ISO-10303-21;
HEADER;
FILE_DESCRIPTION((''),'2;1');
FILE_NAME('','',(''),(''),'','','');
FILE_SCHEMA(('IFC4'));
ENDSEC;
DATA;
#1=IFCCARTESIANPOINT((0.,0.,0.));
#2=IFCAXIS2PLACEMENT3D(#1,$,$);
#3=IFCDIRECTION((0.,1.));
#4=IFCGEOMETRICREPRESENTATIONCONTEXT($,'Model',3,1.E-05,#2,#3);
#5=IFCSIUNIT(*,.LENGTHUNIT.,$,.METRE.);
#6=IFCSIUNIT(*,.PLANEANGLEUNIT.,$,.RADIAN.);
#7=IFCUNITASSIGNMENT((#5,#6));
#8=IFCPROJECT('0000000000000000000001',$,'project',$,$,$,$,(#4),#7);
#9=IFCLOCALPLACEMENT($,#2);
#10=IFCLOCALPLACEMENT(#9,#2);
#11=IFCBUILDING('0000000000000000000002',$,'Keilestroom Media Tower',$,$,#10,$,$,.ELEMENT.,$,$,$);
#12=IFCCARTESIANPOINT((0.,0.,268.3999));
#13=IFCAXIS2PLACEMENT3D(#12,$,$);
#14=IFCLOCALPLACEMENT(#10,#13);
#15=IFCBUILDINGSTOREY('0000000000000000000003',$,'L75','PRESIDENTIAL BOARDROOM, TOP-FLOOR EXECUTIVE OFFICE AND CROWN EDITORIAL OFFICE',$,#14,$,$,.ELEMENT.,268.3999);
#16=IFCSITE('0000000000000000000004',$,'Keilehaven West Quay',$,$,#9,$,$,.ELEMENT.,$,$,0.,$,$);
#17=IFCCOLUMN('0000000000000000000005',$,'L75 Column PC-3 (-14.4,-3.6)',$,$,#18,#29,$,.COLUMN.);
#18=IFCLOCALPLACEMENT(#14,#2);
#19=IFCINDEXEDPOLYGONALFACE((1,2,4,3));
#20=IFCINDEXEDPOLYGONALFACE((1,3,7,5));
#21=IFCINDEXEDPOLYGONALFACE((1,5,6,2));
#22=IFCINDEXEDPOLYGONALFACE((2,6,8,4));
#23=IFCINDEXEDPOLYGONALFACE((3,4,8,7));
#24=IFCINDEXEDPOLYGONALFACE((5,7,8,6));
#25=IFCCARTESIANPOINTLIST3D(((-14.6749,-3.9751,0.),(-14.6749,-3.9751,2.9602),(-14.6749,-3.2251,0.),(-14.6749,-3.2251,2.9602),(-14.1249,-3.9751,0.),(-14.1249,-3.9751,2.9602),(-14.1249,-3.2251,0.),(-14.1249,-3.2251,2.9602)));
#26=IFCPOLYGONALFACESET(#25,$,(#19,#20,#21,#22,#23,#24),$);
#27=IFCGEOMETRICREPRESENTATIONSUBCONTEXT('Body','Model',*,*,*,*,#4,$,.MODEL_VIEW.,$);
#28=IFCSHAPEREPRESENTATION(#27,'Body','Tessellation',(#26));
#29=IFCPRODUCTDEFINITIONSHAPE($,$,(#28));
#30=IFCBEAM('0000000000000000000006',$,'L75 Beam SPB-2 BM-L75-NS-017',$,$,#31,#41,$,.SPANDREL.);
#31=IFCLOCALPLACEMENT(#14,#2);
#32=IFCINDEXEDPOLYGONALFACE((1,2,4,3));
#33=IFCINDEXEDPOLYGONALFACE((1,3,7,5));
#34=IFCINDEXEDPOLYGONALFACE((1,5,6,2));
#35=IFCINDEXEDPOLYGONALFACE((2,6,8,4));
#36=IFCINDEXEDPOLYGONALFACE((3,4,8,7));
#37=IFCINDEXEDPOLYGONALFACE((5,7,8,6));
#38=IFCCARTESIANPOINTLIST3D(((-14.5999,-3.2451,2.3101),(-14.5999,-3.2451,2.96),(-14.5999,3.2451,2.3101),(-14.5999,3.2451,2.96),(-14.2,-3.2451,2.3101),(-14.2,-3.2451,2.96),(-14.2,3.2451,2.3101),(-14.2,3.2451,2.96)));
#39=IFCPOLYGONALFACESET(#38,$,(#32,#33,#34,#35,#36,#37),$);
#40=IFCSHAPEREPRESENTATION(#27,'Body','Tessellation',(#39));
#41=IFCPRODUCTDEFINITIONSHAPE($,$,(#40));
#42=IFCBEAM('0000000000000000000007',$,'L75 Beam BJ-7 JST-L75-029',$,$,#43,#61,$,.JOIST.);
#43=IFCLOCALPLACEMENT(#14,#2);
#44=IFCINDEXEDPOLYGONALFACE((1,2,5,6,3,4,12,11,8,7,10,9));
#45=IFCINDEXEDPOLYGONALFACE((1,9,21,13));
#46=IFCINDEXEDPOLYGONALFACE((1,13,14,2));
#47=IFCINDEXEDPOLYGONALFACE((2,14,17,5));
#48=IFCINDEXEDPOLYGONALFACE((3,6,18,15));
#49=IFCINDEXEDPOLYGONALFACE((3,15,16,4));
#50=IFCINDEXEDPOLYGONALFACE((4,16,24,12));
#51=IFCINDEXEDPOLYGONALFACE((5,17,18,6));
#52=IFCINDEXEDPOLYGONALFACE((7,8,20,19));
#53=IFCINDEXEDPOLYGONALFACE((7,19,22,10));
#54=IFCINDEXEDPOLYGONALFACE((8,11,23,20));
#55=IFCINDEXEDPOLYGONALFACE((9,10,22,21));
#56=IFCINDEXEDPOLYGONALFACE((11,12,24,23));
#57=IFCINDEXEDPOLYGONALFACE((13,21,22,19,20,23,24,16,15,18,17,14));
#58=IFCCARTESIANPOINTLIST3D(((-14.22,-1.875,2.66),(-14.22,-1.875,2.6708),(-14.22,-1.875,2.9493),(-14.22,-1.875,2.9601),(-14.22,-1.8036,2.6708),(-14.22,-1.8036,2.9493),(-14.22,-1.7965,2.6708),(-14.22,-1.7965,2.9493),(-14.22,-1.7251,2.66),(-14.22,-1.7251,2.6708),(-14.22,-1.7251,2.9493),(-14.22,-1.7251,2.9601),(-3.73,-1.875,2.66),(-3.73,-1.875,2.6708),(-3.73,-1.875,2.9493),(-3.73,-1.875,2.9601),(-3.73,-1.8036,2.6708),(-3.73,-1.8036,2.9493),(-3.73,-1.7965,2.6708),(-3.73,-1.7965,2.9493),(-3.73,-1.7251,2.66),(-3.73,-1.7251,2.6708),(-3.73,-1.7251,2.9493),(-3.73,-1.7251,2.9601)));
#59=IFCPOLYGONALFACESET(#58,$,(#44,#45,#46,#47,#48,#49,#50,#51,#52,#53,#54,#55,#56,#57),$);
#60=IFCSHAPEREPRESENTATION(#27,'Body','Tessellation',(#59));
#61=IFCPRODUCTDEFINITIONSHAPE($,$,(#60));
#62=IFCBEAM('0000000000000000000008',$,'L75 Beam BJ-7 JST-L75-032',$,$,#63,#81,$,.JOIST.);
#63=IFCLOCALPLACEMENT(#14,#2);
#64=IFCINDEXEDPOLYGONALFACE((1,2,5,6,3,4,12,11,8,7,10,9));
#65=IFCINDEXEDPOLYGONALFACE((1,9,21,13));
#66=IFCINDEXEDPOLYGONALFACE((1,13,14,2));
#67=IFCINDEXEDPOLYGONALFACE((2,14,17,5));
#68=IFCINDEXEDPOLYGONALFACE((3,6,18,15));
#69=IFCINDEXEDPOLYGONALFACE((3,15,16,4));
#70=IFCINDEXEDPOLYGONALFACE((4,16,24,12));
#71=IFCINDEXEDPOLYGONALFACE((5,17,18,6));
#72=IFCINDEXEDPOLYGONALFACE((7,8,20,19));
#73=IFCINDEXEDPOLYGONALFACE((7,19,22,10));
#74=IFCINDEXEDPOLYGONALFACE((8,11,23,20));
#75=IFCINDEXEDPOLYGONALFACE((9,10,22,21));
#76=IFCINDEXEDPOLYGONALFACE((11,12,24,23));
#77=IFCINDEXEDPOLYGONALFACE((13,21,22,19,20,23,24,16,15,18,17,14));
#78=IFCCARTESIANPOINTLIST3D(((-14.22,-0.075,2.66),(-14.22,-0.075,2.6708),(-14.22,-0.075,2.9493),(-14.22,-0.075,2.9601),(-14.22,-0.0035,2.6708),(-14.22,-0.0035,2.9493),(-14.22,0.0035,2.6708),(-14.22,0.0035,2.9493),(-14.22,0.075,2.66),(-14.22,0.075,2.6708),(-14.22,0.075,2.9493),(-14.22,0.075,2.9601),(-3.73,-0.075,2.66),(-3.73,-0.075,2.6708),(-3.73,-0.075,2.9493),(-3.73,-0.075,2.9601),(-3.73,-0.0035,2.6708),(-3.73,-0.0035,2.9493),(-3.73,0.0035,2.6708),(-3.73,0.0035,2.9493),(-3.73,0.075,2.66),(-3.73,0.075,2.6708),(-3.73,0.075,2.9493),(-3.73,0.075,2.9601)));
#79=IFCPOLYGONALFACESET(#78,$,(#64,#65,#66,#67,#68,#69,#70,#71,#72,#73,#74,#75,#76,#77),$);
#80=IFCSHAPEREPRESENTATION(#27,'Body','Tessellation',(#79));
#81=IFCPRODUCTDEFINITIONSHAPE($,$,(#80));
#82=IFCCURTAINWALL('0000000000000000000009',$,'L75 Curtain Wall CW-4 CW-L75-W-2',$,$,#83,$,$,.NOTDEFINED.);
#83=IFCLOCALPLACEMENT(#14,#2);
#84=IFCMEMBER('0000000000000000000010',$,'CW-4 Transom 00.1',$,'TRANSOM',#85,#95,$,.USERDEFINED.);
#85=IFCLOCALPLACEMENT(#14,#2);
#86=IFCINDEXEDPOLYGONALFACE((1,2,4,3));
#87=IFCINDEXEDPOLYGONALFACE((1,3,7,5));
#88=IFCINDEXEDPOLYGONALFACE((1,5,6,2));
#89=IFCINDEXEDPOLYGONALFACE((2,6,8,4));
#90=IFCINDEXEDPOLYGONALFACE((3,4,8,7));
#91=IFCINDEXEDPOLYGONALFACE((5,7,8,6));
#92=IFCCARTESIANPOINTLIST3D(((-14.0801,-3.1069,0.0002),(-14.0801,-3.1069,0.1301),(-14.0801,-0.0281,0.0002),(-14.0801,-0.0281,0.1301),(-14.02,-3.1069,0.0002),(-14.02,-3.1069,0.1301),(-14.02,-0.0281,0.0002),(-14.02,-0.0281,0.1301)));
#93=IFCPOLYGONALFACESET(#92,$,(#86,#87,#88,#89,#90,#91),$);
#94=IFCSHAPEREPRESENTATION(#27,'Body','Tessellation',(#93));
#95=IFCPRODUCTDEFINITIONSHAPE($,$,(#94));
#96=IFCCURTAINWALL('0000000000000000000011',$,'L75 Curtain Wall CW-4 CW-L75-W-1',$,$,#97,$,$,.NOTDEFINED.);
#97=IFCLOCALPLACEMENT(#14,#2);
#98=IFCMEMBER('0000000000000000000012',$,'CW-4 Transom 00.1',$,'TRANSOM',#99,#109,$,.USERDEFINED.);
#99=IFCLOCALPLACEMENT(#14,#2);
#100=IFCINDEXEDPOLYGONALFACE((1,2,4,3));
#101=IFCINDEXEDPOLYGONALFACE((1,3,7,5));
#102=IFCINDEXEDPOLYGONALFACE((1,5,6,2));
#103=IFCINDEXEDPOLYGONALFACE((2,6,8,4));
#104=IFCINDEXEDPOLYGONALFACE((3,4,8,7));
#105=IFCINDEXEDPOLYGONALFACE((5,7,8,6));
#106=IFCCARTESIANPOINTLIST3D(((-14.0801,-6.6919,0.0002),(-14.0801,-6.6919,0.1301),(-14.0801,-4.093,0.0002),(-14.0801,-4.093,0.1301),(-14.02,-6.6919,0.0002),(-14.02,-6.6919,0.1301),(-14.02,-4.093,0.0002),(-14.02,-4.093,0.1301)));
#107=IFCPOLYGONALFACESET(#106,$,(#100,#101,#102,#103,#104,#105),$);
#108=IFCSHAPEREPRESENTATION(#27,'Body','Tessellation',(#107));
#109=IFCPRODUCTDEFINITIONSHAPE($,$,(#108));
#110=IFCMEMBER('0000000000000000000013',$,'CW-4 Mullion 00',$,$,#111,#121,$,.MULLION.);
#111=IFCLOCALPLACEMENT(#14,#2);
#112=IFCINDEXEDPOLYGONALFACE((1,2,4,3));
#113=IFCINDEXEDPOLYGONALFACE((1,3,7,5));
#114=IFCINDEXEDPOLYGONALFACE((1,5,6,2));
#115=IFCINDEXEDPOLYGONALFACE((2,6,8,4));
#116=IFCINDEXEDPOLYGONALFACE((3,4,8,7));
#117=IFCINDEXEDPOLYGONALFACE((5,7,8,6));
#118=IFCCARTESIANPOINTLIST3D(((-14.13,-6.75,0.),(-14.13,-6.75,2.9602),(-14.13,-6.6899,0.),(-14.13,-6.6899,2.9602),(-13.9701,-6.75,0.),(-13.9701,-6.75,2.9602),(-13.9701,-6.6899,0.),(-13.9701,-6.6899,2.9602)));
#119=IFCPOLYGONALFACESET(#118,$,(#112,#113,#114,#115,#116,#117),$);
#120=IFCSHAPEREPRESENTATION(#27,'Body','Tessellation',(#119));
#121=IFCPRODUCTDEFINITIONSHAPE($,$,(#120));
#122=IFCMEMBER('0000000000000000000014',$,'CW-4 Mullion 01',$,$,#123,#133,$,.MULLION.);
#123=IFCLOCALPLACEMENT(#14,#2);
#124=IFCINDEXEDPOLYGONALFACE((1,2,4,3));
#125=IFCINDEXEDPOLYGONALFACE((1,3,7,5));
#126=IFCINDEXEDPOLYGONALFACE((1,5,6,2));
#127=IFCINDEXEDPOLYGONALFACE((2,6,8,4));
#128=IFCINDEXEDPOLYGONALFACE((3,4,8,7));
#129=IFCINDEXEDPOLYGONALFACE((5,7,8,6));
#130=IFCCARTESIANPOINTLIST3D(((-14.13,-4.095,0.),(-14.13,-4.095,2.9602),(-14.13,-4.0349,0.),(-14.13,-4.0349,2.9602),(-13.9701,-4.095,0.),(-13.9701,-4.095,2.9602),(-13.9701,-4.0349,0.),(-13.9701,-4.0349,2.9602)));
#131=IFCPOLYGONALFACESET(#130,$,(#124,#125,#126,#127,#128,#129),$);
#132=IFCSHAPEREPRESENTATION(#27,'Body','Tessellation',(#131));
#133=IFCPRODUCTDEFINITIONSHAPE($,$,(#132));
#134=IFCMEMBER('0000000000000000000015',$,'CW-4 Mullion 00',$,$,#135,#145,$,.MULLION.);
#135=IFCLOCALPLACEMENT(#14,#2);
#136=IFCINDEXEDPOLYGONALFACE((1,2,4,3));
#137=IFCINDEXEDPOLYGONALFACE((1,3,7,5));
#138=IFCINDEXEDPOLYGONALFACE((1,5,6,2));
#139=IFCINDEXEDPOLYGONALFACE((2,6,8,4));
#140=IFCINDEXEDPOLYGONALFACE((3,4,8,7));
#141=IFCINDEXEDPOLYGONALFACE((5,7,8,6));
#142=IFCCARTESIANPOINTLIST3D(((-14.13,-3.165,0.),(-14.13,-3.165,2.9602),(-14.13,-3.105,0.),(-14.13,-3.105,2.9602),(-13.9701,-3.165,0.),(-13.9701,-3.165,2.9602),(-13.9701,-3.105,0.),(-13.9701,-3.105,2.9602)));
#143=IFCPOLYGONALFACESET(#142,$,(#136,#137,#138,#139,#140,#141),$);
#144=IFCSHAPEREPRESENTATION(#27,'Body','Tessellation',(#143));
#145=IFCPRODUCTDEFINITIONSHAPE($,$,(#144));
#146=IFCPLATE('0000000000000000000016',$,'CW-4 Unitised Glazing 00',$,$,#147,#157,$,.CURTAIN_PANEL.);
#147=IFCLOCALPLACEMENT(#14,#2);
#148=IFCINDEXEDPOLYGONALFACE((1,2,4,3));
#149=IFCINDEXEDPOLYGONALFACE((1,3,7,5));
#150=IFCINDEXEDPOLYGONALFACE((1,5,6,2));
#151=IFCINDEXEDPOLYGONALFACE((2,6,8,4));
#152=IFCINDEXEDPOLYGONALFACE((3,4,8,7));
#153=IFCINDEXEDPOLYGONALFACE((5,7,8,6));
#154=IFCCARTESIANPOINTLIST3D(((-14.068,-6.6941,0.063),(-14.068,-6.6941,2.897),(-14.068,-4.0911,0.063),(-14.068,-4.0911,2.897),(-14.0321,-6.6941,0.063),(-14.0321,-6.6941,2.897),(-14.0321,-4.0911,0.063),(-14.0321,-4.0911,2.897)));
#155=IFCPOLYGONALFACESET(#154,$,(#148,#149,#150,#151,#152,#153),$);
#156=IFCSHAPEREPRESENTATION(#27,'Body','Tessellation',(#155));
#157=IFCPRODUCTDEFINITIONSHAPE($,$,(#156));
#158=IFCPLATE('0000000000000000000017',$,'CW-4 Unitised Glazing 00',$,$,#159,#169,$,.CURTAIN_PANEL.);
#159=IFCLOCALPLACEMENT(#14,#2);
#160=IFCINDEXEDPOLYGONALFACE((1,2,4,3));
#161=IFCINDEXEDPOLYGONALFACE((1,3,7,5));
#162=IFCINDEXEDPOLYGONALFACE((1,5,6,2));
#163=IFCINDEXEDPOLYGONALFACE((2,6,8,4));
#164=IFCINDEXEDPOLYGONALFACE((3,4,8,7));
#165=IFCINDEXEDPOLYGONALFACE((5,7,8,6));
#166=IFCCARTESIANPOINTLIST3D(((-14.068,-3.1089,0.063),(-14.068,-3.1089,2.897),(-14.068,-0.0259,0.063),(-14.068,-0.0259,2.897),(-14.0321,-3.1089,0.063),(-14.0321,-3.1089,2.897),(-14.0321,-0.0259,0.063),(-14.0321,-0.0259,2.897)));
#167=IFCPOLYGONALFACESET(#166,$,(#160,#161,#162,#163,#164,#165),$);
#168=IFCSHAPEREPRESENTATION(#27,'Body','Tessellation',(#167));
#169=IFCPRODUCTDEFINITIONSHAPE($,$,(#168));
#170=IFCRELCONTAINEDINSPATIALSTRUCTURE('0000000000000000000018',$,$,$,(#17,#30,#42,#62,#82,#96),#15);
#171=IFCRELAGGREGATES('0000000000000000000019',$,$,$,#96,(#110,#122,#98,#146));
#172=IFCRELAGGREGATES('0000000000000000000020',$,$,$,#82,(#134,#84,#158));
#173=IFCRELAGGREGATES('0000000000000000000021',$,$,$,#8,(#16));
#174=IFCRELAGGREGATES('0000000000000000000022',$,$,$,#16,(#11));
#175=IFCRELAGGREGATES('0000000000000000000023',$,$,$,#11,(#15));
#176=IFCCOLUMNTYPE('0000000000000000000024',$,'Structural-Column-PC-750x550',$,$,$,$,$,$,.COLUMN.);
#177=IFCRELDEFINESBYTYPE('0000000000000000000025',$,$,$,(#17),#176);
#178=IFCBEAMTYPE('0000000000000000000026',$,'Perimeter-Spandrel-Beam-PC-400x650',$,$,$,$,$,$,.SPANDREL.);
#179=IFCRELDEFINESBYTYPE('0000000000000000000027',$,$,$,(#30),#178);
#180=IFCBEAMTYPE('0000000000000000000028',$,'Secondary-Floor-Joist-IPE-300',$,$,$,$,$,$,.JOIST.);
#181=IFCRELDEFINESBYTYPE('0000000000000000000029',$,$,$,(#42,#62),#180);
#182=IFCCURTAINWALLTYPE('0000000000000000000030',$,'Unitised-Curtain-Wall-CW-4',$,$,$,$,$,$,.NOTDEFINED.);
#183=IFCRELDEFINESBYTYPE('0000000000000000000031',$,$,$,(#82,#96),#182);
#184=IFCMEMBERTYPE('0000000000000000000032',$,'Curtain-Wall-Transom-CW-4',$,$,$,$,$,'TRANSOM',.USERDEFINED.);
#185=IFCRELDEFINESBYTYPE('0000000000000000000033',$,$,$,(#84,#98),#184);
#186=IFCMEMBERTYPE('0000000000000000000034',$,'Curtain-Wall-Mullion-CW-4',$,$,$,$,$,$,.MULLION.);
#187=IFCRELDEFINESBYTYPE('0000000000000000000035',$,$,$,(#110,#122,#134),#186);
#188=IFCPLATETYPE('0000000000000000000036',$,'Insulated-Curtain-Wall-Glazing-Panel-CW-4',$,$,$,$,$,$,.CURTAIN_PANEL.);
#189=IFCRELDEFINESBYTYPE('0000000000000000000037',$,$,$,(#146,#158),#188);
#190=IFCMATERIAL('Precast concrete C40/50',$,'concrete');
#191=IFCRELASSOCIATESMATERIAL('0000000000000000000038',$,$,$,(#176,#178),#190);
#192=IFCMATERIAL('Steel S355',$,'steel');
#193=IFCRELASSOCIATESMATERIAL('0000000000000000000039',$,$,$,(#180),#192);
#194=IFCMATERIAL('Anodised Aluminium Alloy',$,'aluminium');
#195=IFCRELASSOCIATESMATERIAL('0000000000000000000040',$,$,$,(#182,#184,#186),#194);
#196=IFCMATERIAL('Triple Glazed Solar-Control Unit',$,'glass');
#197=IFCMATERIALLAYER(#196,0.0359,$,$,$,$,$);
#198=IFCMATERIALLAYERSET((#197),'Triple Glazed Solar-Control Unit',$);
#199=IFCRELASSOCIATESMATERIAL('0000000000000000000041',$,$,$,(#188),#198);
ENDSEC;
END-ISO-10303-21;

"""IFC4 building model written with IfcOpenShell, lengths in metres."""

from ifc_helpers import new_model, si_unit, direction, frame, origin, origin_2d, place, context, subcontext, project, spatial, rectangle, i_section, extrude, source, transform, mapped, material, layer, layer_set, material_profile, profile_set, type_object, element, aggregate, save


model = new_model("IFC4")

# Units and contexts
model_context = context("Model", 3, precision=1e-05, world=origin(), true_north=direction((0.0, 1.0)))
body_context = subcontext(model_context, "Body", "Model", "MODEL_VIEW")
ifc_project = project(units=[si_unit("LENGTHUNIT", "METRE"), si_unit("PLANEANGLEUNIT", "RADIAN")], contexts=[model_context])

# Site, building, storey
site_placement = place(None, origin())
site = spatial("IfcSite", under=ifc_project, at=site_placement, Name="Keilehaven West Quay", CompositionType="ELEMENT", RefElevation=0.0)
building_placement = place(site_placement, origin())
building = spatial("IfcBuilding", under=site, at=building_placement, Name="Keilestroom Media Tower", CompositionType="ELEMENT")
storey_placement = place(building_placement, frame((0.0, 0.0, 268.3999)))
storey = spatial("IfcBuildingStorey", under=building, at=storey_placement, Name="L75", Description="PRESIDENTIAL BOARDROOM, TOP-FLOOR EXECUTIVE OFFICE AND CROWN EDITORIAL OFFICE", CompositionType="ELEMENT", Elevation=268.3999)

# Column
ifc_material_1 = material(Name="Precast concrete C40/50", Category="concrete")
ifc_material_profile_1 = material_profile(ifc_material_1, rectangle(XDim=0.55, YDim=0.75, at=origin_2d()), Name="PC 750x550")
ifc_profile_set_1 = profile_set([ifc_material_profile_1], Name="Precast concrete C40/50")
column_type = type_object("IfcColumnType", Name="Structural-Column-PC-750x550", PredefinedType="COLUMN", material=ifc_profile_set_1)
shared_shape_1 = source(origin(), body_context, "Body", "SweptSolid", [
    extrude(rectangle(XDim=0.55, YDim=0.75, at=origin_2d()), origin(), (0.0, 0.0, 1.0), 2.9602),
])
column_placement = place(storey_placement, frame((-14.3999, -3.6001, 0.0), z_axis=(0.0, 0.0, 1.0), x_axis=(1.0, 0.0, 0.0)))
element("IfcColumn", 1, at=column_placement, inside=storey, type_object=column_type, Name="L75 Column PC-3 (-14.4,-3.6)", PredefinedType="COLUMN", context=body_context, shape_type="MappedRepresentation", body=[
    mapped(shared_shape_1, transform((0.0, 0.0, 0.0), x_axis=(1.0, 0.0, 0.0), y_axis=(0.0, 1.0, 0.0), z_axis=(0.0, 0.0, 1.0), scale=1.0)),
])

# Beams
ifc_material_profile_2 = material_profile(ifc_material_1, rectangle(XDim=0.3999, YDim=0.6499, at=origin_2d()), Name="PC 400x650")
ifc_profile_set_2 = profile_set([ifc_material_profile_2], Name="Precast concrete C40/50")
beam_type_1 = type_object("IfcBeamType", Name="Perimeter-Spandrel-Beam-PC-400x650", PredefinedType="SPANDREL", material=ifc_profile_set_2)
shared_shape_2 = source(origin(), body_context, "Body", "SweptSolid", [
    extrude(rectangle(XDim=0.3999, YDim=0.6499, at=origin_2d()), origin(), (0.0, 0.0, 1.0), 6.4902),
])
beam_placement = place(storey_placement, frame((-14.3999, -3.2451, 2.635), z_axis=(0.0, 1.0, 0.0), x_axis=(-1.0, 0.0, 0.0)))
element("IfcBeam", 2, at=beam_placement, inside=storey, type_object=beam_type_1, Name="L75 Beam SPB-2 BM-L75-NS-017", PredefinedType="SPANDREL", context=body_context, shape_type="MappedRepresentation", body=[
    mapped(shared_shape_2, transform((0.0, 0.0, 0.0), x_axis=(1.0, 0.0, 0.0), y_axis=(0.0, 1.0, 0.0), z_axis=(0.0, 0.0, 1.0), scale=1.0)),
])
ifc_material_2 = material(Name="Steel S355", Category="steel")
ifc_material_profile_3 = material_profile(ifc_material_2, i_section(OverallWidth=0.1499, OverallDepth=0.3, WebThickness=0.0071, FlangeThickness=0.0107, at=origin_2d()), Name="IPE 300")
ifc_profile_set_3 = profile_set([ifc_material_profile_3], Name="Steel S355")
beam_type_2 = type_object("IfcBeamType", Name="Secondary-Floor-Joist-IPE-300", PredefinedType="JOIST", material=ifc_profile_set_3)
shared_shape_3 = source(origin(), body_context, "Body", "SweptSolid", [
    extrude(i_section(OverallWidth=0.1499, OverallDepth=0.3, WebThickness=0.0071, FlangeThickness=0.0107, at=origin_2d()), origin(), (0.0, 0.0, 1.0), 10.49),
])
for number, where, z_axis, x_axis, name in (
    (3, (-14.22, -1.8, 2.8101), (1.0, 0.0, 0.0), (0.0, 1.0, 0.0), "L75 Beam BJ-7 JST-L75-029"),
    (4, (-14.22, 0.0, 2.8101), (1.0, 0.0, 0.0), (0.0, 1.0, 0.0), "L75 Beam BJ-7 JST-L75-032"),
):
    element("IfcBeam", number, at=place(storey_placement, frame(where, z_axis=z_axis, x_axis=x_axis)), inside=storey, type_object=beam_type_2, Name=name, PredefinedType="JOIST", context=body_context, shape_type="MappedRepresentation", body=[
        mapped(shared_shape_3, transform((0.0, 0.0, 0.0), x_axis=(1.0, 0.0, 0.0), y_axis=(0.0, 1.0, 0.0), z_axis=(0.0, 0.0, 1.0), scale=1.0)),
    ])

# Curtain wall, member
ifc_material_3 = material(Name="Anodised Aluminium Alloy", Category="aluminium")
curtain_wall_type = type_object("IfcCurtainWallType", Name="Unitised-Curtain-Wall-CW-4", PredefinedType="NOTDEFINED", material=ifc_material_3)
curtain_wall_1_placement = place(storey_placement, origin())
curtain_wall_1 = element("IfcCurtainWall", 5, at=curtain_wall_1_placement, inside=storey, type_object=curtain_wall_type, Name="L75 Curtain Wall CW-4 CW-L75-W-2", PredefinedType="NOTDEFINED")
ifc_material_profile_4 = material_profile(ifc_material_3, rectangle(XDim=0.0601, YDim=0.1299, at=origin_2d()), Name="ALU TRANSOM 60x130")
ifc_profile_set_4 = profile_set([ifc_material_profile_4], Name="Anodised Aluminium Alloy")
member_type_1 = type_object("IfcMemberType", Name="Curtain-Wall-Transom-CW-4", ElementType="TRANSOM", PredefinedType="USERDEFINED", material=ifc_profile_set_4)
shared_shape_4 = source(origin(), body_context, "Body", "SweptSolid", [
    extrude(rectangle(XDim=0.0601, YDim=0.1299, at=origin_2d()), origin(), (0.0, 0.0, 1.0), 3.0789),
])
member_1_placement = place(storey_placement, frame((-14.05, -3.1069, 0.0652), z_axis=(0.0, 1.0, 0.0), x_axis=(-1.0, 0.0, 0.0)))
member_1 = element("IfcMember", 6, at=member_1_placement, type_object=member_type_1, Name="CW-4 Transom 00.1", ObjectType="TRANSOM", PredefinedType="USERDEFINED", context=body_context, shape_type="MappedRepresentation", body=[
    mapped(shared_shape_4, transform((0.0, 0.0, 0.0), x_axis=(1.0, 0.0, 0.0), y_axis=(0.0, 1.0, 0.0), z_axis=(0.0, 0.0, 1.0), scale=1.0)),
])

# Curtain wall, members
curtain_wall_2_placement = place(storey_placement, origin())
curtain_wall_2 = element("IfcCurtainWall", 7, at=curtain_wall_2_placement, inside=storey, type_object=curtain_wall_type, Name="L75 Curtain Wall CW-4 CW-L75-W-1", PredefinedType="NOTDEFINED")
shared_shape_5 = source(origin(), body_context, "Body", "SweptSolid", [
    extrude(rectangle(XDim=0.0601, YDim=0.1299, at=origin_2d()), origin(), (0.0, 0.0, 1.0), 2.5989),
])
member_2_placement = place(storey_placement, frame((-14.05, -6.6919, 0.0652), z_axis=(0.0, 1.0, 0.0), x_axis=(-1.0, 0.0, 0.0)))
member_2 = element("IfcMember", 8, at=member_2_placement, type_object=member_type_1, Name="CW-4 Transom 00.1", ObjectType="TRANSOM", PredefinedType="USERDEFINED", context=body_context, shape_type="MappedRepresentation", body=[
    mapped(shared_shape_5, transform((0.0, 0.0, 0.0), x_axis=(1.0, 0.0, 0.0), y_axis=(0.0, 1.0, 0.0), z_axis=(0.0, 0.0, 1.0), scale=1.0)),
])
ifc_material_profile_5 = material_profile(ifc_material_3, rectangle(XDim=0.0601, YDim=0.1599, at=origin_2d()), Name="ALU MULLION 60x160")
ifc_profile_set_5 = profile_set([ifc_material_profile_5], Name="Anodised Aluminium Alloy")
member_type_2 = type_object("IfcMemberType", Name="Curtain-Wall-Mullion-CW-4", PredefinedType="MULLION", material=ifc_profile_set_5)
shared_shape_6 = source(origin(), body_context, "Body", "SweptSolid", [
    extrude(rectangle(XDim=0.0601, YDim=0.1599, at=origin_2d()), origin(), (0.0, 0.0, 1.0), 2.9602),
])
member_3_placement = place(storey_placement, frame((-14.05, -6.72, 0.0), z_axis=(0.0, 0.0, 1.0), x_axis=(0.0, 1.0, 0.0)))
member_3 = element("IfcMember", 9, at=member_3_placement, type_object=member_type_2, Name="CW-4 Mullion 00", PredefinedType="MULLION", context=body_context, shape_type="MappedRepresentation", body=[
    mapped(shared_shape_6, transform((0.0, 0.0, 0.0), x_axis=(1.0, 0.0, 0.0), y_axis=(0.0, 1.0, 0.0), z_axis=(0.0, 0.0, 1.0), scale=1.0)),
])
member_4_placement = place(storey_placement, frame((-14.05, -4.0649, 0.0), z_axis=(0.0, 0.0, 1.0), x_axis=(0.0, 1.0, 0.0)))
member_4 = element("IfcMember", 10, at=member_4_placement, type_object=member_type_2, Name="CW-4 Mullion 01", PredefinedType="MULLION", context=body_context, shape_type="MappedRepresentation", body=[
    mapped(shared_shape_6, transform((0.0, 0.0, 0.0), x_axis=(1.0, 0.0, 0.0), y_axis=(0.0, 1.0, 0.0), z_axis=(0.0, 0.0, 1.0), scale=1.0)),
])

# Member
member_5_placement = place(storey_placement, frame((-14.05, -3.135, 0.0), z_axis=(0.0, 0.0, 1.0), x_axis=(0.0, 1.0, 0.0)))
member_5 = element("IfcMember", 11, at=member_5_placement, type_object=member_type_2, Name="CW-4 Mullion 00", PredefinedType="MULLION", context=body_context, shape_type="MappedRepresentation", body=[
    mapped(shared_shape_6, transform((0.0, 0.0, 0.0), x_axis=(1.0, 0.0, 0.0), y_axis=(0.0, 1.0, 0.0), z_axis=(0.0, 0.0, 1.0), scale=1.0)),
])

# Plates
ifc_material_4 = material(Name="Triple Glazed Solar-Control Unit", Category="glass")
ifc_layer_1 = layer(ifc_material_4, 0.0359)
ifc_layer_set_1 = layer_set([ifc_layer_1], Name="Triple Glazed Solar-Control Unit")
plate_type = type_object("IfcPlateType", Name="Insulated-Curtain-Wall-Glazing-Panel-CW-4", PredefinedType="CURTAIN_PANEL", material=ifc_layer_set_1)
shared_shape_7 = source(origin(), body_context, "Body", "SweptSolid", [
    extrude(rectangle(XDim=2.603, YDim=0.0359, at=origin_2d()), origin(), (0.0, 0.0, 1.0), 2.834),
])
plate_1_placement = place(storey_placement, frame((-14.05, -5.3926, 0.063), z_axis=(0.0, 0.0, 1.0), x_axis=(0.0, 1.0, 0.0)))
plate_1 = element("IfcPlate", 12, at=plate_1_placement, type_object=plate_type, Name="CW-4 Unitised Glazing 00", PredefinedType="CURTAIN_PANEL", context=body_context, shape_type="MappedRepresentation", body=[
    mapped(shared_shape_7, transform((0.0, 0.0, 0.0), x_axis=(1.0, 0.0, 0.0), y_axis=(0.0, 1.0, 0.0), z_axis=(0.0, 0.0, 1.0), scale=1.0)),
])
aggregate(curtain_wall_2, [member_3, member_4, member_2, plate_1])
shared_shape_8 = source(origin(), body_context, "Body", "SweptSolid", [
    extrude(rectangle(XDim=3.083, YDim=0.0359, at=origin_2d()), origin(), (0.0, 0.0, 1.0), 2.834),
])
plate_2_placement = place(storey_placement, frame((-14.05, -1.5674, 0.063), z_axis=(0.0, 0.0, 1.0), x_axis=(0.0, 1.0, 0.0)))
plate_2 = element("IfcPlate", 13, at=plate_2_placement, type_object=plate_type, Name="CW-4 Unitised Glazing 00", PredefinedType="CURTAIN_PANEL", context=body_context, shape_type="MappedRepresentation", body=[
    mapped(shared_shape_8, transform((0.0, 0.0, 0.0), x_axis=(1.0, 0.0, 0.0), y_axis=(0.0, 1.0, 0.0), z_axis=(0.0, 0.0, 1.0), scale=1.0)),
])
aggregate(curtain_wall_1, [member_5, member_1, plate_2])

save(model, "model.ifc")
